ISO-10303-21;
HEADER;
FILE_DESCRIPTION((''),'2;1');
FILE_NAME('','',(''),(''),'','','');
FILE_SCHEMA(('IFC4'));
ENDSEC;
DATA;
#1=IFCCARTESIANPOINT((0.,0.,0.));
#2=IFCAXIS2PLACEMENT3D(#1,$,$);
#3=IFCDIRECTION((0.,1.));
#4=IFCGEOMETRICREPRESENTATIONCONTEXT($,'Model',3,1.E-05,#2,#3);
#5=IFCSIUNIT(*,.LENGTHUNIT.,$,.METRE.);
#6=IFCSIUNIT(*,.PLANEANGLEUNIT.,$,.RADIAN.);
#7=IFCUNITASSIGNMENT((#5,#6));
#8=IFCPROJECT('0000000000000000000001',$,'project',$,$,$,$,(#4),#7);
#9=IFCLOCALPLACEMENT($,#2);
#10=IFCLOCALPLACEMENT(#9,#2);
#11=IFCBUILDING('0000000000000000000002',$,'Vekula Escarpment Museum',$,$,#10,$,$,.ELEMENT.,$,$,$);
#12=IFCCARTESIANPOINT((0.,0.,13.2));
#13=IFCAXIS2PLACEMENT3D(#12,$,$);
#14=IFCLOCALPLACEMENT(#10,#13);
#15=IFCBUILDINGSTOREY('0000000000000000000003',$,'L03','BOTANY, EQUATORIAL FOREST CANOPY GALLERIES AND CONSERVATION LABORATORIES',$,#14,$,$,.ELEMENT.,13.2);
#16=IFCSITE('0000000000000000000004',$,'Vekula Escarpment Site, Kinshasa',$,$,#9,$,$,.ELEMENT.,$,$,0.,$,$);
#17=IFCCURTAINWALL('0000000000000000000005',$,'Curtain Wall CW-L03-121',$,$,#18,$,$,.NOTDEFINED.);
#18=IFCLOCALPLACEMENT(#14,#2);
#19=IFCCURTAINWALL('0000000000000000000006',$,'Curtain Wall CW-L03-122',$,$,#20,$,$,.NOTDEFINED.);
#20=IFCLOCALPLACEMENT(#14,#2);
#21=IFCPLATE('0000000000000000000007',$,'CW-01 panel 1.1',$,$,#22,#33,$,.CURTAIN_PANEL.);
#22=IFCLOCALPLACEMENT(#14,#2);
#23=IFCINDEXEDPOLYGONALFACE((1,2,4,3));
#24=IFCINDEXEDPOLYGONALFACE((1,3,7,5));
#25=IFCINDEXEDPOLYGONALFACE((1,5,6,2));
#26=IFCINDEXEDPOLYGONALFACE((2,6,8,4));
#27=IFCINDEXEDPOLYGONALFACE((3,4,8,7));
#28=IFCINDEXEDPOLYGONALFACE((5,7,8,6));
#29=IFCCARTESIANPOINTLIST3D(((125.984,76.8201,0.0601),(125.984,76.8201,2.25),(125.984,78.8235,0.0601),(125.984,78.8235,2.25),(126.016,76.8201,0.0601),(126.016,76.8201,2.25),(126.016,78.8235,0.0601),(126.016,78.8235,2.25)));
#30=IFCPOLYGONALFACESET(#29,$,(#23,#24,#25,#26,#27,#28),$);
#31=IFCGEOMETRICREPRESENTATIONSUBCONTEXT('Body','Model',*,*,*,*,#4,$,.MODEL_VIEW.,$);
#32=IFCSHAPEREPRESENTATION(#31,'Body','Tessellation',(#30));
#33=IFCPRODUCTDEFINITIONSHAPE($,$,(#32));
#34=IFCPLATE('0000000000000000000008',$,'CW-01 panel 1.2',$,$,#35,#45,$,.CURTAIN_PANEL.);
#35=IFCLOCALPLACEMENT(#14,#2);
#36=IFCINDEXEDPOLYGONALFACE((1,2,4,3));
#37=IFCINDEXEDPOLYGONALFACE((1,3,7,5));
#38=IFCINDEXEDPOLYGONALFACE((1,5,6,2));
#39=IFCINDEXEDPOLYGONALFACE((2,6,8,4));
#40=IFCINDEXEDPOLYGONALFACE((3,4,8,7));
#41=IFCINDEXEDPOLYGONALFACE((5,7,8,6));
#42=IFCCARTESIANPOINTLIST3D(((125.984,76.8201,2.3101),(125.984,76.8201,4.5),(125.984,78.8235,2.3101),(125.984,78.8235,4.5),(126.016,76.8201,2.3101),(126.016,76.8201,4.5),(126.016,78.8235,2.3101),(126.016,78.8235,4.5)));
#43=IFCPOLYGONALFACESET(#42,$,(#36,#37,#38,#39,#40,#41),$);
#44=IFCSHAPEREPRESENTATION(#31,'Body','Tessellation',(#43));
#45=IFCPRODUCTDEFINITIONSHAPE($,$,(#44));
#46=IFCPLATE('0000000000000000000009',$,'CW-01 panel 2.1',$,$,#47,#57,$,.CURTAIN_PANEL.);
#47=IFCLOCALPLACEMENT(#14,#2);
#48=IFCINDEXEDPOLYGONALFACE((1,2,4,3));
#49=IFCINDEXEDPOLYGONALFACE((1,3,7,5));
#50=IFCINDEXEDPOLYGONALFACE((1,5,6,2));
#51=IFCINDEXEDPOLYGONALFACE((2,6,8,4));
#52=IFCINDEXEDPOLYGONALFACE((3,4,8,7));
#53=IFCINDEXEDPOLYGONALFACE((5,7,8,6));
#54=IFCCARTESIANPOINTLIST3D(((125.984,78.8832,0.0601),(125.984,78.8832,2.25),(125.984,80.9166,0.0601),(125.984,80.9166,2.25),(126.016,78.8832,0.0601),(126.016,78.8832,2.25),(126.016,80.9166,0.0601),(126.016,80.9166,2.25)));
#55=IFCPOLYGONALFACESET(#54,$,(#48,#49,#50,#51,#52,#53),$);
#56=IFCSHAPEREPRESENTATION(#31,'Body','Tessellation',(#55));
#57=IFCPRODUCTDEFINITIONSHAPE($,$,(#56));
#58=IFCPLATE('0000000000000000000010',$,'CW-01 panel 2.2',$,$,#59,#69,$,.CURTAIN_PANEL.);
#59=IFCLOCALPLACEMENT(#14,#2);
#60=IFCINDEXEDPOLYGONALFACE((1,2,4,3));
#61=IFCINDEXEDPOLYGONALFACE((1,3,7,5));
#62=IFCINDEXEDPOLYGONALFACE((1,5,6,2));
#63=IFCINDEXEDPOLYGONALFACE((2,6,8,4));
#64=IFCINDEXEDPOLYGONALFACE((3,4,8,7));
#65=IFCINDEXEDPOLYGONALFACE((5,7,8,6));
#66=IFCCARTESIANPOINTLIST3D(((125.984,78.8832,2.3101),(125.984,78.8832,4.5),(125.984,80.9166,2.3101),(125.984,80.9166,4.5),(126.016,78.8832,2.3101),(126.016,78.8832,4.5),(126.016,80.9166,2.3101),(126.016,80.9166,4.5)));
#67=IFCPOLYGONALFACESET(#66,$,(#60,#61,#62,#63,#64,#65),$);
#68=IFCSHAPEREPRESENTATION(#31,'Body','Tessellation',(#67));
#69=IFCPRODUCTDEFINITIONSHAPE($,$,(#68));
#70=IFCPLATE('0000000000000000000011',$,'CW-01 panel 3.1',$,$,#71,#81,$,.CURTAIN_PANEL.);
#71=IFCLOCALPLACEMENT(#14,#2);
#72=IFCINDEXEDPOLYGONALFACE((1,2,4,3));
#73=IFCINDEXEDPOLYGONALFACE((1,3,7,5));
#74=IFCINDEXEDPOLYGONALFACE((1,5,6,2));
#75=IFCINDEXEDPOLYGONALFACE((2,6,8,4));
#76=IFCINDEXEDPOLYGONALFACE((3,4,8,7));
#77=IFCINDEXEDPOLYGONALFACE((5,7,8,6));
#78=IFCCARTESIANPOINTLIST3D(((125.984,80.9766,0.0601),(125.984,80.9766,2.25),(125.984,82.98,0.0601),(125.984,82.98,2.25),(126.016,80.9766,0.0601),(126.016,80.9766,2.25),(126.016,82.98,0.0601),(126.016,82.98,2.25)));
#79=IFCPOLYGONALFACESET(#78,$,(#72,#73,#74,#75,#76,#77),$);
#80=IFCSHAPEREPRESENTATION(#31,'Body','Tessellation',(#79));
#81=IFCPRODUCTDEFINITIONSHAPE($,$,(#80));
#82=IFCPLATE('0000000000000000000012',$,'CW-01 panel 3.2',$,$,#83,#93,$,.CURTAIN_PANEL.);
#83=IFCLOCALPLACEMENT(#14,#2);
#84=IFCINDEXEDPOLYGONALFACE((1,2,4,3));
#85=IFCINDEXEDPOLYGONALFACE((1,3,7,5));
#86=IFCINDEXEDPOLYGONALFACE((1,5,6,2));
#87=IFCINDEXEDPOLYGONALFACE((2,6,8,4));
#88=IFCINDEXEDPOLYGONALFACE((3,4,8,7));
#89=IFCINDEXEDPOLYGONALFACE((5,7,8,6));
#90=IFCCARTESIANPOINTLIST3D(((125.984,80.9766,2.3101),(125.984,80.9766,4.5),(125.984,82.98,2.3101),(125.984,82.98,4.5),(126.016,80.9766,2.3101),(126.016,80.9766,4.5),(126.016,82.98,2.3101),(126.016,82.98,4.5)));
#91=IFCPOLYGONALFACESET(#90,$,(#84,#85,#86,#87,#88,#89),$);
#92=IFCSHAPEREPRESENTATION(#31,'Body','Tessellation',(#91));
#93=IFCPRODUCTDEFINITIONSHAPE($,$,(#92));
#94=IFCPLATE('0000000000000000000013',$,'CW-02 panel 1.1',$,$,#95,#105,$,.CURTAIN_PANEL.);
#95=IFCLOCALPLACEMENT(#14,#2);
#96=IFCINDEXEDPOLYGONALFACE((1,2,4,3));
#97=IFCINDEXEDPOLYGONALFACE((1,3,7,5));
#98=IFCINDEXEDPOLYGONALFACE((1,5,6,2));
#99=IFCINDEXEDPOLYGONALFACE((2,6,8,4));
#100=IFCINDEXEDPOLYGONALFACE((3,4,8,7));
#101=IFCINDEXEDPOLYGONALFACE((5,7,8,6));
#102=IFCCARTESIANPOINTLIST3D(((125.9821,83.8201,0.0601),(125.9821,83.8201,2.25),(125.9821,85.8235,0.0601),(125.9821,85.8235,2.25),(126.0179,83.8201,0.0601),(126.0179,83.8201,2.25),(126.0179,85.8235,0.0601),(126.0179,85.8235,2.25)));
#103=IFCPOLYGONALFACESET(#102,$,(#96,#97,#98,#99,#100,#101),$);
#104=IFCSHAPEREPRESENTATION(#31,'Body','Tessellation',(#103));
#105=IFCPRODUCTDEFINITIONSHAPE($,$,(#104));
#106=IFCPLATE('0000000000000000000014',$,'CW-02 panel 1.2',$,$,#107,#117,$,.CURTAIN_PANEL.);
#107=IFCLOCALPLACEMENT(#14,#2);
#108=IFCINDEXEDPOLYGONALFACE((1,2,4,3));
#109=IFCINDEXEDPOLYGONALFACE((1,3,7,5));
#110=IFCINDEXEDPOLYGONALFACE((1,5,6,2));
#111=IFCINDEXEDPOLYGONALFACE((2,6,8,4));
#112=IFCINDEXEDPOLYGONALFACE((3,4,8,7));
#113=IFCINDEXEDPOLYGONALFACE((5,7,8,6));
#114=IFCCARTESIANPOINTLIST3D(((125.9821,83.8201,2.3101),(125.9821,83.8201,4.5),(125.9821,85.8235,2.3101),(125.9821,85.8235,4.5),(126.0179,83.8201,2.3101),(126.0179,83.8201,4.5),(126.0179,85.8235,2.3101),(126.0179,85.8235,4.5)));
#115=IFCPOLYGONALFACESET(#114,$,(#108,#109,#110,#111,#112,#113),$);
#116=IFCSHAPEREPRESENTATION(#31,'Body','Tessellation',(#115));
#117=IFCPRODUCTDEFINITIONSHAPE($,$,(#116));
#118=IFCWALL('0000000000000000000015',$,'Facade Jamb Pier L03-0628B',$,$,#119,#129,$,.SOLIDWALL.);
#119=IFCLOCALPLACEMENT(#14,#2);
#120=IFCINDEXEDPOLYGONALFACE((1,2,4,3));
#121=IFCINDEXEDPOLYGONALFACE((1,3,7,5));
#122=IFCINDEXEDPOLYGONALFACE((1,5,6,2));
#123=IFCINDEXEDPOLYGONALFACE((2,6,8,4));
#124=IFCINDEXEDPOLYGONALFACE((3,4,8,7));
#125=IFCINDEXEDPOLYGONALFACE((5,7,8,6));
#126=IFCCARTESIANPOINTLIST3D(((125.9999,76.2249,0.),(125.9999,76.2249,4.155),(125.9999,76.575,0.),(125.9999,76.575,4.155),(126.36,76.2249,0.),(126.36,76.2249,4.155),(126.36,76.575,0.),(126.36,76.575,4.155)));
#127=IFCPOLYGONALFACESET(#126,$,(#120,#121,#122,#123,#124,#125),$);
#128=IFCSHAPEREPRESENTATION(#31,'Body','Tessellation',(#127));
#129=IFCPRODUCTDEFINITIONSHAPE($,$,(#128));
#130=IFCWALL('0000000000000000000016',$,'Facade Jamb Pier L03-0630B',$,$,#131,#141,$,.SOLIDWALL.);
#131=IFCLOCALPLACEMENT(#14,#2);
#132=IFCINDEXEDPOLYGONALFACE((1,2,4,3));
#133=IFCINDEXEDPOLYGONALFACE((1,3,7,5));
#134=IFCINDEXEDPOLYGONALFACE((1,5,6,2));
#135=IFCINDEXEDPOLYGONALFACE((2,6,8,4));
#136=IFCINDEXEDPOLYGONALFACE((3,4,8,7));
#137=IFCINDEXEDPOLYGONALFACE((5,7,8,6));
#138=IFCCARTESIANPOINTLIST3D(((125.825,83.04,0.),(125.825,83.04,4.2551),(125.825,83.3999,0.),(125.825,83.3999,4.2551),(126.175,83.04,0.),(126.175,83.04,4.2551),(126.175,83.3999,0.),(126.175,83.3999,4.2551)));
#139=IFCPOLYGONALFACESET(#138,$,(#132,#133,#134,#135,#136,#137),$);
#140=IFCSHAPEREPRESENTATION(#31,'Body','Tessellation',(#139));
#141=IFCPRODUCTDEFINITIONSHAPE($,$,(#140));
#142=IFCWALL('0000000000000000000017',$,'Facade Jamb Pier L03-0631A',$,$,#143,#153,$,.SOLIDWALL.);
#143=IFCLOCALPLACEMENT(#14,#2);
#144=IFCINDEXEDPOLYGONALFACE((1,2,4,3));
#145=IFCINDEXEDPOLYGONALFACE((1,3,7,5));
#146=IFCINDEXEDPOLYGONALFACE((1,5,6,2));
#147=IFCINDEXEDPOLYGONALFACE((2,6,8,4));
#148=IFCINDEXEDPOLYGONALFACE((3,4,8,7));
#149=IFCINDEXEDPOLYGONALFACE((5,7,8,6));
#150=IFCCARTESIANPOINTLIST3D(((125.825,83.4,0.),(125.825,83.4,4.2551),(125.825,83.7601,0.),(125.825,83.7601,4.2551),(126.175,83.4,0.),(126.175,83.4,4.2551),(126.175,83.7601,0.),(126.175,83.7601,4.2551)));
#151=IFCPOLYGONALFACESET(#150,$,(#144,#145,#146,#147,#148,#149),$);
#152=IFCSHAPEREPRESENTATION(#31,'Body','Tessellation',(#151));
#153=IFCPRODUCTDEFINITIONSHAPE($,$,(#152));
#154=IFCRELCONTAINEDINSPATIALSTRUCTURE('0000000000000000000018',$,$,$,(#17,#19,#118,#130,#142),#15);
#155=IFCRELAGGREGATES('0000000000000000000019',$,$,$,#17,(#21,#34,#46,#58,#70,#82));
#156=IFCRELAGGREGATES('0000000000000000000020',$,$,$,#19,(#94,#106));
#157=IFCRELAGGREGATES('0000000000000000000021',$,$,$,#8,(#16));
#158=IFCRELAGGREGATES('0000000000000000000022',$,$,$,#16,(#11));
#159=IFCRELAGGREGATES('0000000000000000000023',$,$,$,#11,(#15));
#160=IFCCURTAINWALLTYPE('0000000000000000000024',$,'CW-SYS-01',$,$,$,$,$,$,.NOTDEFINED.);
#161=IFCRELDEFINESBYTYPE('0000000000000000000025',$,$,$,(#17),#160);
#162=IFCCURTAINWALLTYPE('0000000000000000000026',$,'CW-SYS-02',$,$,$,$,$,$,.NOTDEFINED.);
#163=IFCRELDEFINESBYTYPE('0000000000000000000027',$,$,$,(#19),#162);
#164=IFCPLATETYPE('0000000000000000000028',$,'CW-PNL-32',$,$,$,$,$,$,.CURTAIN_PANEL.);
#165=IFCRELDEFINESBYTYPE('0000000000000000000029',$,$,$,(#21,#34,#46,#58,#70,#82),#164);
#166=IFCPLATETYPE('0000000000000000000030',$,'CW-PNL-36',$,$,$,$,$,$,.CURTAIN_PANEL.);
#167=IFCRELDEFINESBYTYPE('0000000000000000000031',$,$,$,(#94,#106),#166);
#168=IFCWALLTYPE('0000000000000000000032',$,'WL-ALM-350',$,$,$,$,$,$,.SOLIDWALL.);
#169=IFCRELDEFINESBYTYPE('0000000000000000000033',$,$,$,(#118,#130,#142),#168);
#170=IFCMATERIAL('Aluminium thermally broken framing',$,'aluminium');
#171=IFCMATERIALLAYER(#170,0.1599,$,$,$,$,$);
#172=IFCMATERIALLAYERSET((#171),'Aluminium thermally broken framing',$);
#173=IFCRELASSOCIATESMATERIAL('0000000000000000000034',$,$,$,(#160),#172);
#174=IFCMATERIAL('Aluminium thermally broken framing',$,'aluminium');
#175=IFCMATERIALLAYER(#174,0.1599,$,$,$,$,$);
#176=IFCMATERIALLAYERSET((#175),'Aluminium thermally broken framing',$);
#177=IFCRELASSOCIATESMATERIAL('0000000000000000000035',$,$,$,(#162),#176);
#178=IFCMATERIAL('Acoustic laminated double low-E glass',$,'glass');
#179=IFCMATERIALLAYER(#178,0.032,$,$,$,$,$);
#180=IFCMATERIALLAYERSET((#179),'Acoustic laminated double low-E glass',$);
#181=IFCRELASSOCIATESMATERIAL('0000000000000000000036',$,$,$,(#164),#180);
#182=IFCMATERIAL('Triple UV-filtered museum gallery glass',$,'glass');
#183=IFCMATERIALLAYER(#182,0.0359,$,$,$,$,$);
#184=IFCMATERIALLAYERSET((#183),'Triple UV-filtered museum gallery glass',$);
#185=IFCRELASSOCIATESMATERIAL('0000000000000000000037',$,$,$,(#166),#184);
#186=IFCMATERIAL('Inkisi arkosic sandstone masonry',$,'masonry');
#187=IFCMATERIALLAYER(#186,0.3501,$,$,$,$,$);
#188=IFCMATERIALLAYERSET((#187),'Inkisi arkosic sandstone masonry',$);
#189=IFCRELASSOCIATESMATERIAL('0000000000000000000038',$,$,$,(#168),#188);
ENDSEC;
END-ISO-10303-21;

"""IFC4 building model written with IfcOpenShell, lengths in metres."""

from ifc_helpers import new_model, si_unit, direction, frame, frame_2d, origin, origin_2d, place, context, subcontext, project, spatial, rectangle, extrude, material, layer, layer_set, type_object, element, aggregate, save


model = new_model("IFC4")

# Units and contexts
model_context = context("Model", 3, precision=1e-05, world=origin(), true_north=direction((0.0, 1.0)))
body_context = subcontext(model_context, "Body", "Model", "MODEL_VIEW")
ifc_project = project(units=[si_unit("LENGTHUNIT", "METRE"), si_unit("PLANEANGLEUNIT", "RADIAN")], contexts=[model_context])

# Site, building, storey
site_placement = place(None, origin())
site = spatial("IfcSite", under=ifc_project, at=site_placement, Name="Vekula Escarpment Site, Kinshasa", CompositionType="ELEMENT", RefElevation=0.0)
building_placement = place(site_placement, origin())
building = spatial("IfcBuilding", under=site, at=building_placement, Name="Vekula Escarpment Museum", CompositionType="ELEMENT")
storey_placement = place(building_placement, frame((0.0, 0.0, 13.2)))
storey = spatial("IfcBuildingStorey", under=building, at=storey_placement, Name="L03", Description="BOTANY, EQUATORIAL FOREST CANOPY GALLERIES AND CONSERVATION LABORATORIES", CompositionType="ELEMENT", Elevation=13.2)

# Curtain walls
ifc_material_1 = material(Name="Aluminium thermally broken framing", Category="aluminium")
ifc_layer_1 = layer(ifc_material_1, 0.1599)
ifc_layer_set_1 = layer_set([ifc_layer_1], Name="Aluminium thermally broken framing")
curtain_wall_type_1 = type_object("IfcCurtainWallType", Name="CW-SYS-01", PredefinedType="NOTDEFINED", material=ifc_layer_set_1)
curtain_wall_1_placement = place(storey_placement, origin())
curtain_wall_1 = element("IfcCurtainWall", 1, at=curtain_wall_1_placement, inside=storey, type_object=curtain_wall_type_1, Name="Curtain Wall CW-L03-121", PredefinedType="NOTDEFINED")
ifc_material_2 = material(Name="Aluminium thermally broken framing", Category="aluminium")
ifc_layer_2 = layer(ifc_material_2, 0.1599)
ifc_layer_set_2 = layer_set([ifc_layer_2], Name="Aluminium thermally broken framing")
curtain_wall_type_2 = type_object("IfcCurtainWallType", Name="CW-SYS-02", PredefinedType="NOTDEFINED", material=ifc_layer_set_2)
curtain_wall_2_placement = place(storey_placement, origin())
curtain_wall_2 = element("IfcCurtainWall", 2, at=curtain_wall_2_placement, inside=storey, type_object=curtain_wall_type_2, Name="Curtain Wall CW-L03-122", PredefinedType="NOTDEFINED")

# Plates
ifc_material_3 = material(Name="Acoustic laminated double low-E glass", Category="glass")
ifc_layer_3 = layer(ifc_material_3, 0.032)
ifc_layer_set_3 = layer_set([ifc_layer_3], Name="Acoustic laminated double low-E glass")
plate_type_1 = type_object("IfcPlateType", Name="CW-PNL-32", PredefinedType="CURTAIN_PANEL", material=ifc_layer_set_3)
plate_1_placement = place(storey_placement, frame((126.0, 77.8218, 0.0601), z_axis=(0.0, 0.0, 1.0), x_axis=(0.0, 1.0, 0.0)))
plate_1 = element("IfcPlate", 3, at=plate_1_placement, type_object=plate_type_1, Name="CW-01 panel 1.1", PredefinedType="CURTAIN_PANEL", context=body_context, shape_type="SweptSolid", body=[
    extrude(rectangle(XDim=2.0034, YDim=0.032, at=origin_2d()), origin(), (0.0, 0.0, 1.0), 2.1899),
])
plate_2_placement = place(storey_placement, frame((126.0, 77.8218, 2.3101), z_axis=(0.0, 0.0, 1.0), x_axis=(0.0, 1.0, 0.0)))
plate_2 = element("IfcPlate", 4, at=plate_2_placement, type_object=plate_type_1, Name="CW-01 panel 1.2", PredefinedType="CURTAIN_PANEL", context=body_context, shape_type="SweptSolid", body=[
    extrude(rectangle(XDim=2.0034, YDim=0.032, at=origin_2d()), origin(), (0.0, 0.0, 1.0), 2.1899),
])
plate_3_placement = place(storey_placement, frame((126.0, 79.8999, 0.0601), z_axis=(0.0, 0.0, 1.0), x_axis=(0.0, 1.0, 0.0)))
plate_3 = element("IfcPlate", 5, at=plate_3_placement, type_object=plate_type_1, Name="CW-01 panel 2.1", PredefinedType="CURTAIN_PANEL", context=body_context, shape_type="SweptSolid", body=[
    extrude(rectangle(XDim=2.0334, YDim=0.032, at=origin_2d()), origin(), (0.0, 0.0, 1.0), 2.1899),
])
plate_4_placement = place(storey_placement, frame((126.0, 79.8999, 2.3101), z_axis=(0.0, 0.0, 1.0), x_axis=(0.0, 1.0, 0.0)))
plate_4 = element("IfcPlate", 6, at=plate_4_placement, type_object=plate_type_1, Name="CW-01 panel 2.2", PredefinedType="CURTAIN_PANEL", context=body_context, shape_type="SweptSolid", body=[
    extrude(rectangle(XDim=2.0334, YDim=0.032, at=origin_2d()), origin(), (0.0, 0.0, 1.0), 2.1899),
])
plate_5_placement = place(storey_placement, frame((126.0, 81.9783, 0.0601), z_axis=(0.0, 0.0, 1.0), x_axis=(0.0, 1.0, 0.0)))
plate_5 = element("IfcPlate", 7, at=plate_5_placement, type_object=plate_type_1, Name="CW-01 panel 3.1", PredefinedType="CURTAIN_PANEL", context=body_context, shape_type="SweptSolid", body=[
    extrude(rectangle(XDim=2.0034, YDim=0.032, at=origin_2d()), origin(), (0.0, 0.0, 1.0), 2.1899),
])
plate_6_placement = place(storey_placement, frame((126.0, 81.9783, 2.3101), z_axis=(0.0, 0.0, 1.0), x_axis=(0.0, 1.0, 0.0)))
plate_6 = element("IfcPlate", 8, at=plate_6_placement, type_object=plate_type_1, Name="CW-01 panel 3.2", PredefinedType="CURTAIN_PANEL", context=body_context, shape_type="SweptSolid", body=[
    extrude(rectangle(XDim=2.0034, YDim=0.032, at=origin_2d()), origin(), (0.0, 0.0, 1.0), 2.1899),
])
aggregate(curtain_wall_1, [plate_1, plate_2, plate_3, plate_4, plate_5, plate_6])
ifc_material_4 = material(Name="Triple UV-filtered museum gallery glass", Category="glass")
ifc_layer_4 = layer(ifc_material_4, 0.0359)
ifc_layer_set_4 = layer_set([ifc_layer_4], Name="Triple UV-filtered museum gallery glass")
plate_type_2 = type_object("IfcPlateType", Name="CW-PNL-36", PredefinedType="CURTAIN_PANEL", material=ifc_layer_set_4)
plate_7_placement = place(storey_placement, frame((126.0, 84.8218, 0.0601), z_axis=(0.0, 0.0, 1.0), x_axis=(0.0, 1.0, 0.0)))
plate_7 = element("IfcPlate", 9, at=plate_7_placement, type_object=plate_type_2, Name="CW-02 panel 1.1", PredefinedType="CURTAIN_PANEL", context=body_context, shape_type="SweptSolid", body=[
    extrude(rectangle(XDim=2.0034, YDim=0.0359, at=origin_2d()), origin(), (0.0, 0.0, 1.0), 2.1899),
])
plate_8_placement = place(storey_placement, frame((126.0, 84.8218, 2.3101), z_axis=(0.0, 0.0, 1.0), x_axis=(0.0, 1.0, 0.0)))
plate_8 = element("IfcPlate", 10, at=plate_8_placement, type_object=plate_type_2, Name="CW-02 panel 1.2", PredefinedType="CURTAIN_PANEL", context=body_context, shape_type="SweptSolid", body=[
    extrude(rectangle(XDim=2.0034, YDim=0.0359, at=origin_2d()), origin(), (0.0, 0.0, 1.0), 2.1899),
])
aggregate(curtain_wall_2, [plate_7, plate_8])

# Walls
ifc_material_5 = material(Name="Inkisi arkosic sandstone masonry", Category="masonry")
ifc_layer_5 = layer(ifc_material_5, 0.3501)
ifc_layer_set_5 = layer_set([ifc_layer_5], Name="Inkisi arkosic sandstone masonry")
wall_type = type_object("IfcWallType", Name="WL-ALM-350", PredefinedType="SOLIDWALL", material=ifc_layer_set_5)
wall_1_placement = place(storey_placement, frame((126.3601, 76.3999, 0.0), z_axis=(0.0, 0.0, 1.0), x_axis=(-1.0, 0.0, 0.0)))
element("IfcWall", 11, at=wall_1_placement, inside=storey, type_object=wall_type, Name="Facade Jamb Pier L03-0628B", PredefinedType="SOLIDWALL", context=body_context, shape_type="SweptSolid", body=[
    extrude(rectangle(XDim=0.3601, YDim=0.3501, at=frame_2d((0.1802, 0.0))), origin(), (0.0, 0.0, 1.0), 4.155),
])
wall_2_placement = place(storey_placement, frame((126.0, 83.04, 0.0), z_axis=(0.0, 0.0, 1.0), x_axis=(0.0, 1.0, 0.0)))
element("IfcWall", 12, at=wall_2_placement, inside=storey, type_object=wall_type, Name="Facade Jamb Pier L03-0630B", PredefinedType="SOLIDWALL", context=body_context, shape_type="SweptSolid", body=[
    extrude(rectangle(XDim=0.3599, YDim=0.3501, at=frame_2d((0.1799, 0.0))), origin(), (0.0, 0.0, 1.0), 4.2551),
])
wall_3_placement = place(storey_placement, frame((126.0, 83.3999, 0.0), z_axis=(0.0, 0.0, 1.0), x_axis=(0.0, 1.0, 0.0)))
element("IfcWall", 13, at=wall_3_placement, inside=storey, type_object=wall_type, Name="Facade Jamb Pier L03-0631A", PredefinedType="SOLIDWALL", context=body_context, shape_type="SweptSolid", body=[
    extrude(rectangle(XDim=0.3601, YDim=0.3501, at=frame_2d((0.1802, 0.0))), origin(), (0.0, 0.0, 1.0), 4.2551),
])

save(model, "model.ifc")
